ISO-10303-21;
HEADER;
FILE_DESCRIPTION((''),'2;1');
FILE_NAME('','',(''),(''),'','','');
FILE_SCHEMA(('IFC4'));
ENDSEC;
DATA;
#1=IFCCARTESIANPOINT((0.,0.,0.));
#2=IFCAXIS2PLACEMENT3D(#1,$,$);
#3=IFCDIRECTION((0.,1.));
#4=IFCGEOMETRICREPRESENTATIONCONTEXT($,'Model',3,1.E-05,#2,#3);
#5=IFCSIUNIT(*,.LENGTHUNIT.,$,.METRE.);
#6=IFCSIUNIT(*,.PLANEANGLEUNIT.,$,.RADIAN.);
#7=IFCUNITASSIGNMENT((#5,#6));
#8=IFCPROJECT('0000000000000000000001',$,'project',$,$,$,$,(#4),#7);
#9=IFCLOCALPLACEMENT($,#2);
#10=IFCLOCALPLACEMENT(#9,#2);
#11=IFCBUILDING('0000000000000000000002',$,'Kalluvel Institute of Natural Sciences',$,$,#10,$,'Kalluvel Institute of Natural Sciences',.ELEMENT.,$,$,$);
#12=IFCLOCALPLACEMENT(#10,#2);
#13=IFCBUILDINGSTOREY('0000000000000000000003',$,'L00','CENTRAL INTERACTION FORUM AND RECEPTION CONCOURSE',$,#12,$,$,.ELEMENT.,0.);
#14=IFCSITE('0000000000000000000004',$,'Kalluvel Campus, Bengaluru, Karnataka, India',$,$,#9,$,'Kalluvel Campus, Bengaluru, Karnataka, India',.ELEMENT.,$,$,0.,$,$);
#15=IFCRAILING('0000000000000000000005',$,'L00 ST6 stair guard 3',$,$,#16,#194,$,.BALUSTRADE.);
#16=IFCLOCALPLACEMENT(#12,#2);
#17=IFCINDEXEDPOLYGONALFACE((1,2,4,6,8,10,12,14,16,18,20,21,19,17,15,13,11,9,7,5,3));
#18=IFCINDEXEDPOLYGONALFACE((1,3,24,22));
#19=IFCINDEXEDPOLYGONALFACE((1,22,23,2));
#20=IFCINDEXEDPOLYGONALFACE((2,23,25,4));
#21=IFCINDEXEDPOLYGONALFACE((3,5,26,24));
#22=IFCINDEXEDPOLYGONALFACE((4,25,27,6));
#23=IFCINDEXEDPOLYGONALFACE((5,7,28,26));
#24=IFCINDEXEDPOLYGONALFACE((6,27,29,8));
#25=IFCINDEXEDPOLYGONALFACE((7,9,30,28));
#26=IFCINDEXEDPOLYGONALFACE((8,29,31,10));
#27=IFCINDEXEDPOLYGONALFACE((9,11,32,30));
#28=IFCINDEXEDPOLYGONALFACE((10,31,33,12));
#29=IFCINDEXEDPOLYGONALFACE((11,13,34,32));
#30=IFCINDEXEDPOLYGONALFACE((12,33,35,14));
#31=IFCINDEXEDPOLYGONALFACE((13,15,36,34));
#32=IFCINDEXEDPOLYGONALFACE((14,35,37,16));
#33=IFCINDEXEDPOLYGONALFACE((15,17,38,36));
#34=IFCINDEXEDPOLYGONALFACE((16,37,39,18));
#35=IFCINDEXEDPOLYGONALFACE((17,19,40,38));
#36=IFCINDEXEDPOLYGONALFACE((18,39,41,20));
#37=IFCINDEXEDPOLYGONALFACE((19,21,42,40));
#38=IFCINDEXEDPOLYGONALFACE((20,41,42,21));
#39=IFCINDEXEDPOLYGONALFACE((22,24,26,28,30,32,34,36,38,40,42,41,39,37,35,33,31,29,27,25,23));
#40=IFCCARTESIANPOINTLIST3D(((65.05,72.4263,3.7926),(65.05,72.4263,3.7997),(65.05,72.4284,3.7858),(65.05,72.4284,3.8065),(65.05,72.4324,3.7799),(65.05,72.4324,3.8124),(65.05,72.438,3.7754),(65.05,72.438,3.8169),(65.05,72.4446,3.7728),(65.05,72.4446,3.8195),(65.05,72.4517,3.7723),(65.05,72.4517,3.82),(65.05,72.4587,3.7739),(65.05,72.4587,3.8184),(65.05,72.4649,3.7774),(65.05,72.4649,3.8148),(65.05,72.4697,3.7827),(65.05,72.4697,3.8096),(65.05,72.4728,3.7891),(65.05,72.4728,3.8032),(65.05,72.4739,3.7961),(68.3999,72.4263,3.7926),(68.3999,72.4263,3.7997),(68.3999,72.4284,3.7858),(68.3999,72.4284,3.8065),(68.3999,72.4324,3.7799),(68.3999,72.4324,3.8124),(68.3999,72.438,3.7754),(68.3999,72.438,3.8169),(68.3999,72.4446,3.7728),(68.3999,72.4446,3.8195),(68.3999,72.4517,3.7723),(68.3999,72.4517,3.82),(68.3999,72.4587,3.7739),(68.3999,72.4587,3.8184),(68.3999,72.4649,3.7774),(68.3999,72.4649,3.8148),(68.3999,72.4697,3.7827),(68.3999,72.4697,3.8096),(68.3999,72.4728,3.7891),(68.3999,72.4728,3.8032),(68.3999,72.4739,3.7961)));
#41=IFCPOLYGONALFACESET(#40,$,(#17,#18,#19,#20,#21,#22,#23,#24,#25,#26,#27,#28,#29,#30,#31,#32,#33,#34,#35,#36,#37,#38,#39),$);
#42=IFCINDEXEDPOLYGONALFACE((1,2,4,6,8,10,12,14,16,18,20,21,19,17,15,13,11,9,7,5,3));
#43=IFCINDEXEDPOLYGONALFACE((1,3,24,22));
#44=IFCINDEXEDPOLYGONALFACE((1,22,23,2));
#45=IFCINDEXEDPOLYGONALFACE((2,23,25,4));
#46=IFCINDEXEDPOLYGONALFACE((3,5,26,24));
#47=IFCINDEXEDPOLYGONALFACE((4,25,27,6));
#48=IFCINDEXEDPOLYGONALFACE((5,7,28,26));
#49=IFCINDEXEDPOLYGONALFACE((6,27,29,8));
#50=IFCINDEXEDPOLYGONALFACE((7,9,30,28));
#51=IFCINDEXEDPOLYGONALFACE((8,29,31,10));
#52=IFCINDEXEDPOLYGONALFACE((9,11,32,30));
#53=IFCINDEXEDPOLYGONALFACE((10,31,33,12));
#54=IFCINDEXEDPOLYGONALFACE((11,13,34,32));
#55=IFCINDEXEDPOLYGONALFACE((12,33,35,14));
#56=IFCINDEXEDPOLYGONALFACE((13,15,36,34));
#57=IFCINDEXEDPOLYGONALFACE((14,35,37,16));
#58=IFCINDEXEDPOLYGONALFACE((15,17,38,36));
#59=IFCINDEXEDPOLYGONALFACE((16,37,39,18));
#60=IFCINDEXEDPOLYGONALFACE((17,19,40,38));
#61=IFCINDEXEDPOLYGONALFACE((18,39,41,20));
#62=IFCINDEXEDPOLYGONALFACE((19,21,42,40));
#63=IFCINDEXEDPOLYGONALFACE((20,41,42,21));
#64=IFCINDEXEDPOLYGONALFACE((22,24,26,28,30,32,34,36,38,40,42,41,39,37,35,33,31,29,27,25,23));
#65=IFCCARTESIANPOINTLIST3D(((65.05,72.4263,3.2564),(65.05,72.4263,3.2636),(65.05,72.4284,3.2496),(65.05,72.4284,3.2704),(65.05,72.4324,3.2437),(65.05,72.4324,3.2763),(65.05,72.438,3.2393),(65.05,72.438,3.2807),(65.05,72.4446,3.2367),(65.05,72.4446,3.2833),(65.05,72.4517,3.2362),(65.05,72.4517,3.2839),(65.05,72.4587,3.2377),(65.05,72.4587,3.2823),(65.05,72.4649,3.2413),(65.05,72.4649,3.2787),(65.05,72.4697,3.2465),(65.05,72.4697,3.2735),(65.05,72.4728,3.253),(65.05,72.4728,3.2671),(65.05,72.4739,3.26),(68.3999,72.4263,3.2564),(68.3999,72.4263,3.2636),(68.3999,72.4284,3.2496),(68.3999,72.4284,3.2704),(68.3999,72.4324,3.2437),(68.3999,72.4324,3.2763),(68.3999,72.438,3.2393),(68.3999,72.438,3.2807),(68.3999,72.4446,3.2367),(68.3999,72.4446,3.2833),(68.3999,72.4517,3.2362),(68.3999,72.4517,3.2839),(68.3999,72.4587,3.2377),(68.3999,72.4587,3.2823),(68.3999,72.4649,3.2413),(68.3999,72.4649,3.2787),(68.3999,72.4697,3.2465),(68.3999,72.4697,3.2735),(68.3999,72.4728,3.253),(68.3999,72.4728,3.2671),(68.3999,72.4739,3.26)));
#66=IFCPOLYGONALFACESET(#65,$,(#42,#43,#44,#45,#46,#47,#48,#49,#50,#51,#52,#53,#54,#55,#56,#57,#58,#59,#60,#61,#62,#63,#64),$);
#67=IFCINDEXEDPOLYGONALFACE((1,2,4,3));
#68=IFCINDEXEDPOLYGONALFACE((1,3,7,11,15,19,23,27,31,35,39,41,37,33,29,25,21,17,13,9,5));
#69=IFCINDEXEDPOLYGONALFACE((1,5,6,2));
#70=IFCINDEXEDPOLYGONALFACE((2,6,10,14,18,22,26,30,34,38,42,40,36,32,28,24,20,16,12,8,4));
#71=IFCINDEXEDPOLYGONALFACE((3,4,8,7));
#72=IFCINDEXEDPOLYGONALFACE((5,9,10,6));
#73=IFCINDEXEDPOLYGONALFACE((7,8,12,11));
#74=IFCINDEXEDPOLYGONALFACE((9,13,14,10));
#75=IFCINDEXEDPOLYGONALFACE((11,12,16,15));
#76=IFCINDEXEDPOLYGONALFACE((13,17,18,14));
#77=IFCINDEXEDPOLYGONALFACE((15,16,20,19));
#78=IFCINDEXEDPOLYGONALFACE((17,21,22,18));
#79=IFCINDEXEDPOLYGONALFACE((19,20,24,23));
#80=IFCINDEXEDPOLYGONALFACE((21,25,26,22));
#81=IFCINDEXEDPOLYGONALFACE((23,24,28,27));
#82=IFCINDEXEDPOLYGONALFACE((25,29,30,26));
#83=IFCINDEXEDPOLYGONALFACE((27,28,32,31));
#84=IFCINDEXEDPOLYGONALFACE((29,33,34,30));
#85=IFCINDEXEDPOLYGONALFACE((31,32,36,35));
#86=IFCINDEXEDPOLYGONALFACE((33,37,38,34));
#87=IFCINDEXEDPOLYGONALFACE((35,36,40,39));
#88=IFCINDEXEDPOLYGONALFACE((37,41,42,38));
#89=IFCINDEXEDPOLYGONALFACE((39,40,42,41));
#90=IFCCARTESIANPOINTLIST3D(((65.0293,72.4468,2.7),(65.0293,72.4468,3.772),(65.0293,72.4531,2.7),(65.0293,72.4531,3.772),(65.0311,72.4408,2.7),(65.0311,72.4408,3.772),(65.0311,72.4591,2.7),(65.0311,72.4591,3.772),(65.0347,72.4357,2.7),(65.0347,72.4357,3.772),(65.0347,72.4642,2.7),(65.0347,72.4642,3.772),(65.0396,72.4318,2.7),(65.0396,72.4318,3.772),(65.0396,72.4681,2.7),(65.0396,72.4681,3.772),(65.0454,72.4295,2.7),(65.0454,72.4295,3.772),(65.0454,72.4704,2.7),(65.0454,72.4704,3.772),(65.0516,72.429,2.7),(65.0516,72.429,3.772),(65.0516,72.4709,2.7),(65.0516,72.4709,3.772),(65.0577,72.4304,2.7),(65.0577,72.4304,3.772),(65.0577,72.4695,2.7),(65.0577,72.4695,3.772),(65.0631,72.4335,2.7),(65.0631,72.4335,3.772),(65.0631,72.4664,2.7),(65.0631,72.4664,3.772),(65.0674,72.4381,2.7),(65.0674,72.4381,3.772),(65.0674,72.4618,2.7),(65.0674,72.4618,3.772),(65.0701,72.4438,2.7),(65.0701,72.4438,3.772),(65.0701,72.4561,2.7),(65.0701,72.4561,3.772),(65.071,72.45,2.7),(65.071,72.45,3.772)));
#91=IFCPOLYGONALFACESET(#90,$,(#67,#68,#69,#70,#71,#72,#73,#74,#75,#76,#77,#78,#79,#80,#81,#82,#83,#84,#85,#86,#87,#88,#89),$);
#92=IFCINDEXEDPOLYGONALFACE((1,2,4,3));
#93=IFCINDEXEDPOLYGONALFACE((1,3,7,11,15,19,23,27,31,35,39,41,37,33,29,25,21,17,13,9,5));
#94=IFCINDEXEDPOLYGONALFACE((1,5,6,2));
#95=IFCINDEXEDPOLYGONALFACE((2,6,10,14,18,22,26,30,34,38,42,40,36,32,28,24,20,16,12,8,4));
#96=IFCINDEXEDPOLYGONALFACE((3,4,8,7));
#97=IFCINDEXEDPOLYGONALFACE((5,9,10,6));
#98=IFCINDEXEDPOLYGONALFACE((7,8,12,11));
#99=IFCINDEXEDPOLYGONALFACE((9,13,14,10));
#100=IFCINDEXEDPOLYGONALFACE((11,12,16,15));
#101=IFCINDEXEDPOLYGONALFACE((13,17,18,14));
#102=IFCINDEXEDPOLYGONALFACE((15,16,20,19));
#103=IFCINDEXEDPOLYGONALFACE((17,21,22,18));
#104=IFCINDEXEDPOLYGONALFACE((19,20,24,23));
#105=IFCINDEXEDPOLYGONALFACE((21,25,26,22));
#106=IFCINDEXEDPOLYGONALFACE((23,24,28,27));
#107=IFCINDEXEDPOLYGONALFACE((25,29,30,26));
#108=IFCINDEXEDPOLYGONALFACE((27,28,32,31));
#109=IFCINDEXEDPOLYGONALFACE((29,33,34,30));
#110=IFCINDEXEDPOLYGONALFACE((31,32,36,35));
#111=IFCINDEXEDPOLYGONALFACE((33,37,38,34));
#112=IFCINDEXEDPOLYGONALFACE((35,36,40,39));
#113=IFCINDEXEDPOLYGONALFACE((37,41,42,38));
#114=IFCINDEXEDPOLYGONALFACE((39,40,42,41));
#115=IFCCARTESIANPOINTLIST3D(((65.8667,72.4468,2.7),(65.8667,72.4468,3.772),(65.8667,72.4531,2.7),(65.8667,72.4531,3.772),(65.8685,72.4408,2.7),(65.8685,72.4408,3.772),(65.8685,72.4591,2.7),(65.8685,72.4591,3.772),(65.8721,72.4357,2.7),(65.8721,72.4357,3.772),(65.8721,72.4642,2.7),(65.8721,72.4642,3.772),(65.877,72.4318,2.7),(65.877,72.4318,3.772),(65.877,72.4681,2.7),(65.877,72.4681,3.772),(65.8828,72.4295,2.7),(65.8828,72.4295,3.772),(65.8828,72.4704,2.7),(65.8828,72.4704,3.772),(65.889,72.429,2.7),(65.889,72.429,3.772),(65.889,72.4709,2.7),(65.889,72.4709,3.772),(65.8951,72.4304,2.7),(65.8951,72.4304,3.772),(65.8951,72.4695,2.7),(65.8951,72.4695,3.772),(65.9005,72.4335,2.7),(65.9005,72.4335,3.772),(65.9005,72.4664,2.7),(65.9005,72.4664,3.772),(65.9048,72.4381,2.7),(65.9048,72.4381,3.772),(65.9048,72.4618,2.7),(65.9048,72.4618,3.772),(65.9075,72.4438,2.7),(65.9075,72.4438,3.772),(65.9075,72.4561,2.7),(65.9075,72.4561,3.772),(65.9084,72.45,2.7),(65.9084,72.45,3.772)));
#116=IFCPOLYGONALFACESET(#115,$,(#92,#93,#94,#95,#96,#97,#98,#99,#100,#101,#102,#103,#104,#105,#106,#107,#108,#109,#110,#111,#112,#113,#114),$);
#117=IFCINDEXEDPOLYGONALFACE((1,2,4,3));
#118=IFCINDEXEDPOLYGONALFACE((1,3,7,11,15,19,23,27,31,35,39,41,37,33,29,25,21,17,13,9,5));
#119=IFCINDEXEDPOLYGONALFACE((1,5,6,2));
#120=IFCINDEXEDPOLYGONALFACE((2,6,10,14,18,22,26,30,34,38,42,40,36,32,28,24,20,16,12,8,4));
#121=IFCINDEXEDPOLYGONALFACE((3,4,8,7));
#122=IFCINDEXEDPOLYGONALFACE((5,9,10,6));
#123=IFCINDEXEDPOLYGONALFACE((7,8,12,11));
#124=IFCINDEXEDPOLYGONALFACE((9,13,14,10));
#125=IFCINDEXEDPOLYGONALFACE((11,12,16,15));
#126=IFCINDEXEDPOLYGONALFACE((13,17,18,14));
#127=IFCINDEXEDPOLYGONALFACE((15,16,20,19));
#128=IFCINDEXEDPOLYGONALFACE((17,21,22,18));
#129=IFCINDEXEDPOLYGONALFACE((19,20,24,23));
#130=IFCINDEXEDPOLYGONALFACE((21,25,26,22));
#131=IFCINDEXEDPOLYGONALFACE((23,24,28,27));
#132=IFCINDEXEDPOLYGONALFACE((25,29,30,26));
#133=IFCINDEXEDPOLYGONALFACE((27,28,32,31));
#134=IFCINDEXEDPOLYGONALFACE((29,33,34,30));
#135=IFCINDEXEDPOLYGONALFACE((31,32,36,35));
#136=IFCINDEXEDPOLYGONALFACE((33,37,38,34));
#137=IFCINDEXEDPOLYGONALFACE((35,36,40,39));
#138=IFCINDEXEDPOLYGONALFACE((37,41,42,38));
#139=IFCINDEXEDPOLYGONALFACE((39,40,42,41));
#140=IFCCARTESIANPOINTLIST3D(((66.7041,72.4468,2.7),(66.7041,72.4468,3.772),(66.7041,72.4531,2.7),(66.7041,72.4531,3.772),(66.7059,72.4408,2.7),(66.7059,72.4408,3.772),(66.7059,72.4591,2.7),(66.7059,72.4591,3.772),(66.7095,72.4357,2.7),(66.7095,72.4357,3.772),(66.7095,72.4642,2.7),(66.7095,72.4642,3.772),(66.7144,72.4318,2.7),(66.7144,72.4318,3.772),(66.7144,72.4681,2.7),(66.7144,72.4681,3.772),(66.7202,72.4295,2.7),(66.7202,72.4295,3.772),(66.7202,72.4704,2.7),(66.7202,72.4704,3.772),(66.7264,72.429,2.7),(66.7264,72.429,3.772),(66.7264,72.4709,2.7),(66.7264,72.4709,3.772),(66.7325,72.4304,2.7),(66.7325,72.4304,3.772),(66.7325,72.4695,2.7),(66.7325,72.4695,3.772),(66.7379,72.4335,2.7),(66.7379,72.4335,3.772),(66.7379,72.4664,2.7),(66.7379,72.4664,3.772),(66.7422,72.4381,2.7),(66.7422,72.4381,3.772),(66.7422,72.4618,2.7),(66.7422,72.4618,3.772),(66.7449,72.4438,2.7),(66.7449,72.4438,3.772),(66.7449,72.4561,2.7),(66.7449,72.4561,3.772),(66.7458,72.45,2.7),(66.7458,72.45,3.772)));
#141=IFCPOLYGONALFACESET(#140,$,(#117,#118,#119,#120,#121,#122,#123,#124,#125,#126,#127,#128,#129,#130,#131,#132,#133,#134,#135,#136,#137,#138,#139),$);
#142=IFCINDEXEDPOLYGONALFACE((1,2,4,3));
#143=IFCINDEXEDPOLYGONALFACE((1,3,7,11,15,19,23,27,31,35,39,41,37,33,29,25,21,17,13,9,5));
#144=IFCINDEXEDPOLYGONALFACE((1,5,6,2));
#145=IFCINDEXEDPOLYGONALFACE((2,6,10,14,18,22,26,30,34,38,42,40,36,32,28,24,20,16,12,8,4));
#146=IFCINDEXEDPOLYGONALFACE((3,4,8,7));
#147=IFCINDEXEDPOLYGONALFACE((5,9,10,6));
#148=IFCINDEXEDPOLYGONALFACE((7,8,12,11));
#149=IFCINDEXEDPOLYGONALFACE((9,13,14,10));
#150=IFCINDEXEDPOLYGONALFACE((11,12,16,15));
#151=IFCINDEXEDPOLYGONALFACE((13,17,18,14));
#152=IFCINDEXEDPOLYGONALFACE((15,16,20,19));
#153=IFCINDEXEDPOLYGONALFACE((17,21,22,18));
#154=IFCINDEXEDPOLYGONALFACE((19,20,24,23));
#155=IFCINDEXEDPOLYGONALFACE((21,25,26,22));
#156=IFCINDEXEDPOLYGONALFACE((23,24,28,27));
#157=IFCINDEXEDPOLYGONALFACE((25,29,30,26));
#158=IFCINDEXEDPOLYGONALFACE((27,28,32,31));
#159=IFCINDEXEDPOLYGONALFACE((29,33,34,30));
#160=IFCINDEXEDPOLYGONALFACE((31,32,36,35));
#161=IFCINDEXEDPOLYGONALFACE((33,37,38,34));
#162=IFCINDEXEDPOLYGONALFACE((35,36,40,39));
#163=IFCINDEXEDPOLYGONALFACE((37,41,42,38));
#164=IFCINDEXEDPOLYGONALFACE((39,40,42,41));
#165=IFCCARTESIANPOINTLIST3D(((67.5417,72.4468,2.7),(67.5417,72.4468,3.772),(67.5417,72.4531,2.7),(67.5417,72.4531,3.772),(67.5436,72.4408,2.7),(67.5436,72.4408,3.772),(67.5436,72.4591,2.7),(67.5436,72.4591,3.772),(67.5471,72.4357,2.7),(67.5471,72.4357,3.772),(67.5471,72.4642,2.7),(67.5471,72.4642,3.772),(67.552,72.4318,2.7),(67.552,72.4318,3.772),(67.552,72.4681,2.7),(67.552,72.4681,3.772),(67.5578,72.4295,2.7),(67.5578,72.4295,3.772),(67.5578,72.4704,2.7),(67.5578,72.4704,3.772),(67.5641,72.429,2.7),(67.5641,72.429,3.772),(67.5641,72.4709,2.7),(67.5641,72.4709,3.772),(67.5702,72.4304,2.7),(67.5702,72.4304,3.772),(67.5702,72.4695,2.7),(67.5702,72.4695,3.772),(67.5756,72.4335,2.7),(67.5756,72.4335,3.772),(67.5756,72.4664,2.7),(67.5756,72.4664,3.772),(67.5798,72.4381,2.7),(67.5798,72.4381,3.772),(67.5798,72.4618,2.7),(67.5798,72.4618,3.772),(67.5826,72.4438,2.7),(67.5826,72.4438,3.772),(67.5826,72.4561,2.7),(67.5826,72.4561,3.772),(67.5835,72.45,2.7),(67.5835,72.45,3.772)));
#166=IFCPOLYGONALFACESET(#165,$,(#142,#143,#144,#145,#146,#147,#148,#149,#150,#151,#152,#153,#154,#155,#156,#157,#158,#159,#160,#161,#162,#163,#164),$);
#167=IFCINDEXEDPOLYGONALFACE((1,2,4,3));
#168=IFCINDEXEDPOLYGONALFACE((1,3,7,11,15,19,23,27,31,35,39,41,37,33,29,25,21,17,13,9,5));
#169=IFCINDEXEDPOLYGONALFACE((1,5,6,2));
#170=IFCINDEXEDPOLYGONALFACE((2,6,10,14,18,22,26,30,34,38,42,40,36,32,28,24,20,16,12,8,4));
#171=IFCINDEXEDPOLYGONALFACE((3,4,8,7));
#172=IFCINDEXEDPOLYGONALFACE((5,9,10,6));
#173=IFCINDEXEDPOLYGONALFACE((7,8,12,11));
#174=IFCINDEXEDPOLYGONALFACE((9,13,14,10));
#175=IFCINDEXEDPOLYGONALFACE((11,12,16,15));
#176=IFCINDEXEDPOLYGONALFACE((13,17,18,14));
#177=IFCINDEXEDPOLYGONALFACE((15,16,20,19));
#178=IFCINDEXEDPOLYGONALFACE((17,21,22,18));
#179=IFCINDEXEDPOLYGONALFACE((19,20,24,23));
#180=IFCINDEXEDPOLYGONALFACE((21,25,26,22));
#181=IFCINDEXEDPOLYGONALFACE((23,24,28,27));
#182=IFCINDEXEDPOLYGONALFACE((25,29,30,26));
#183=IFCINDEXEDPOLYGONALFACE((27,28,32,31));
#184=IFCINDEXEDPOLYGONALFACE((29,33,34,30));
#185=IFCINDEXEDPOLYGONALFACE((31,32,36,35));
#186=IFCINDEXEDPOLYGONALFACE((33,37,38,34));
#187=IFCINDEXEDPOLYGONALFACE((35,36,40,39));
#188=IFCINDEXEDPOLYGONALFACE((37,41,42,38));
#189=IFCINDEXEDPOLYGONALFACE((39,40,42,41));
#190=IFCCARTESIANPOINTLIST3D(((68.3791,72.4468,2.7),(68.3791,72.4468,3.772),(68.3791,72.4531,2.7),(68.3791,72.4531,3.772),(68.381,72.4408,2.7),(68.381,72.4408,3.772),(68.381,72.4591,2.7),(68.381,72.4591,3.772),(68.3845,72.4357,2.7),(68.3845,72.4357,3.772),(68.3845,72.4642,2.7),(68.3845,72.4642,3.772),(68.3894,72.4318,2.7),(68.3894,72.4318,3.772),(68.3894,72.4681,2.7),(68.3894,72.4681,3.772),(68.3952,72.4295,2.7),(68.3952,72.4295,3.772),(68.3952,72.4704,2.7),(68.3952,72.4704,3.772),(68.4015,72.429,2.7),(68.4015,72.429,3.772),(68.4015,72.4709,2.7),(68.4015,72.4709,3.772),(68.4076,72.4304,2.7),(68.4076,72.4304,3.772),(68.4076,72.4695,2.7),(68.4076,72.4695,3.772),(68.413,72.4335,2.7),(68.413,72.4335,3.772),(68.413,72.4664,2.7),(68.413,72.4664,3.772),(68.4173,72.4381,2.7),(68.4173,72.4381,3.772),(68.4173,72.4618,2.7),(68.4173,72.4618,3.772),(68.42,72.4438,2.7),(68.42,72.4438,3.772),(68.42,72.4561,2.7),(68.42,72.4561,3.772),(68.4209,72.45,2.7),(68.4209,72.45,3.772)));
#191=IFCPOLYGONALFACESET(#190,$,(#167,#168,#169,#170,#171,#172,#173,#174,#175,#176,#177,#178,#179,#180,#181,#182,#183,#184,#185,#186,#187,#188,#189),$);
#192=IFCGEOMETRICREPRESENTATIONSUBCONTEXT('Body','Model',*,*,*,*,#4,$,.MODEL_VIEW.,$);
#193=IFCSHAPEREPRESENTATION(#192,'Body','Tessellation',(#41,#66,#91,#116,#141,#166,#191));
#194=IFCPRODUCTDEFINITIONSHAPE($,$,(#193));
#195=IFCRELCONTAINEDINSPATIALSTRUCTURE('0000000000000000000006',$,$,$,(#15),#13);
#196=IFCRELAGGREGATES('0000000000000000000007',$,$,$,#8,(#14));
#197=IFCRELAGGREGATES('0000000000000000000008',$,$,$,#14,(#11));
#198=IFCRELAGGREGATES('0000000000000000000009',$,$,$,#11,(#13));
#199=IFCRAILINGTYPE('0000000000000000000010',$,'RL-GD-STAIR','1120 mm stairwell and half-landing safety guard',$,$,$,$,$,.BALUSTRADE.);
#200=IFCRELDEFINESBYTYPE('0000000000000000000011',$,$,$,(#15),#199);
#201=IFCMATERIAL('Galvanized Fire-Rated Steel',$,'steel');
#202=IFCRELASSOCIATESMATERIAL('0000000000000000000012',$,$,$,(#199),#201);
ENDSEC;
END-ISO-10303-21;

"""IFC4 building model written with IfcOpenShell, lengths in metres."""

from ifc_helpers import new_model, si_unit, direction, frame, origin, origin_2d, place, context, subcontext, project, spatial, circle, extrude, material, type_object, element, save


model = new_model("IFC4")

# Units and contexts
model_context = context("Model", 3, precision=1e-05, world=origin(), true_north=direction((0.0, 1.0)))
body_context = subcontext(model_context, "Body", "Model", "MODEL_VIEW")
ifc_project = project(units=[si_unit("LENGTHUNIT", "METRE"), si_unit("PLANEANGLEUNIT", "RADIAN")], contexts=[model_context])

# Site, building, storey
site_placement = place(None, origin())
site = spatial("IfcSite", under=ifc_project, at=site_placement, Name="Kalluvel Campus, Bengaluru, Karnataka, India", LongName="Kalluvel Campus, Bengaluru, Karnataka, India", CompositionType="ELEMENT", RefElevation=0.0)
building_placement = place(site_placement, origin())
building = spatial("IfcBuilding", under=site, at=building_placement, Name="Kalluvel Institute of Natural Sciences", LongName="Kalluvel Institute of Natural Sciences", CompositionType="ELEMENT")
storey_placement = place(building_placement, origin())
storey = spatial("IfcBuildingStorey", under=building, at=storey_placement, Name="L00", Description="CENTRAL INTERACTION FORUM AND RECEPTION CONCOURSE", CompositionType="ELEMENT", Elevation=0.0)

# Railing
ifc_material_1 = material(Name="Galvanized Fire-Rated Steel", Category="steel")
railing_type_1 = type_object("IfcRailingType", Name="RL-GD-STAIR", Description="1120 mm stairwell and half-landing safety guard", PredefinedType="BALUSTRADE", material=ifc_material_1)
railing_1_placement = place(storey_placement, frame((65.05, 72.45, 2.7)))
element("IfcRailing", 1, at=railing_1_placement, inside=storey, type_object=railing_type_1, Name="L00 ST6 stair guard 3", PredefinedType="BALUSTRADE", context=body_context, shape_type="SweptSolid", body=[
    extrude(circle(Radius=0.0239, at=origin_2d()), frame((0.0, 0.0, 1.0962), z_axis=(1.0, 0.0, 0.0), x_axis=(0.0, 1.0, 0.0)), (0.0, 0.0, 1.0), 3.3499),
    extrude(circle(Radius=0.0239, at=origin_2d()), frame((0.0, 0.0, 0.5601), z_axis=(1.0, 0.0, 0.0), x_axis=(0.0, 1.0, 0.0)), (0.0, 0.0, 1.0), 3.3499),
    extrude(circle(Radius=0.021, at=origin_2d()), origin(), (0.0, 0.0, 1.0), 1.072),
    extrude(circle(Radius=0.021, at=origin_2d()), frame((0.8374, 0.0, 0.0)), (0.0, 0.0, 1.0), 1.072),
    extrude(circle(Radius=0.021, at=origin_2d()), frame((1.6748, 0.0, 0.0)), (0.0, 0.0, 1.0), 1.072),
    extrude(circle(Radius=0.021, at=origin_2d()), frame((2.5125, 0.0, 0.0)), (0.0, 0.0, 1.0), 1.072),
    extrude(circle(Radius=0.021, at=origin_2d()), frame((3.3499, 0.0, 0.0)), (0.0, 0.0, 1.0), 1.072),
])

save(model, "model.ifc")
